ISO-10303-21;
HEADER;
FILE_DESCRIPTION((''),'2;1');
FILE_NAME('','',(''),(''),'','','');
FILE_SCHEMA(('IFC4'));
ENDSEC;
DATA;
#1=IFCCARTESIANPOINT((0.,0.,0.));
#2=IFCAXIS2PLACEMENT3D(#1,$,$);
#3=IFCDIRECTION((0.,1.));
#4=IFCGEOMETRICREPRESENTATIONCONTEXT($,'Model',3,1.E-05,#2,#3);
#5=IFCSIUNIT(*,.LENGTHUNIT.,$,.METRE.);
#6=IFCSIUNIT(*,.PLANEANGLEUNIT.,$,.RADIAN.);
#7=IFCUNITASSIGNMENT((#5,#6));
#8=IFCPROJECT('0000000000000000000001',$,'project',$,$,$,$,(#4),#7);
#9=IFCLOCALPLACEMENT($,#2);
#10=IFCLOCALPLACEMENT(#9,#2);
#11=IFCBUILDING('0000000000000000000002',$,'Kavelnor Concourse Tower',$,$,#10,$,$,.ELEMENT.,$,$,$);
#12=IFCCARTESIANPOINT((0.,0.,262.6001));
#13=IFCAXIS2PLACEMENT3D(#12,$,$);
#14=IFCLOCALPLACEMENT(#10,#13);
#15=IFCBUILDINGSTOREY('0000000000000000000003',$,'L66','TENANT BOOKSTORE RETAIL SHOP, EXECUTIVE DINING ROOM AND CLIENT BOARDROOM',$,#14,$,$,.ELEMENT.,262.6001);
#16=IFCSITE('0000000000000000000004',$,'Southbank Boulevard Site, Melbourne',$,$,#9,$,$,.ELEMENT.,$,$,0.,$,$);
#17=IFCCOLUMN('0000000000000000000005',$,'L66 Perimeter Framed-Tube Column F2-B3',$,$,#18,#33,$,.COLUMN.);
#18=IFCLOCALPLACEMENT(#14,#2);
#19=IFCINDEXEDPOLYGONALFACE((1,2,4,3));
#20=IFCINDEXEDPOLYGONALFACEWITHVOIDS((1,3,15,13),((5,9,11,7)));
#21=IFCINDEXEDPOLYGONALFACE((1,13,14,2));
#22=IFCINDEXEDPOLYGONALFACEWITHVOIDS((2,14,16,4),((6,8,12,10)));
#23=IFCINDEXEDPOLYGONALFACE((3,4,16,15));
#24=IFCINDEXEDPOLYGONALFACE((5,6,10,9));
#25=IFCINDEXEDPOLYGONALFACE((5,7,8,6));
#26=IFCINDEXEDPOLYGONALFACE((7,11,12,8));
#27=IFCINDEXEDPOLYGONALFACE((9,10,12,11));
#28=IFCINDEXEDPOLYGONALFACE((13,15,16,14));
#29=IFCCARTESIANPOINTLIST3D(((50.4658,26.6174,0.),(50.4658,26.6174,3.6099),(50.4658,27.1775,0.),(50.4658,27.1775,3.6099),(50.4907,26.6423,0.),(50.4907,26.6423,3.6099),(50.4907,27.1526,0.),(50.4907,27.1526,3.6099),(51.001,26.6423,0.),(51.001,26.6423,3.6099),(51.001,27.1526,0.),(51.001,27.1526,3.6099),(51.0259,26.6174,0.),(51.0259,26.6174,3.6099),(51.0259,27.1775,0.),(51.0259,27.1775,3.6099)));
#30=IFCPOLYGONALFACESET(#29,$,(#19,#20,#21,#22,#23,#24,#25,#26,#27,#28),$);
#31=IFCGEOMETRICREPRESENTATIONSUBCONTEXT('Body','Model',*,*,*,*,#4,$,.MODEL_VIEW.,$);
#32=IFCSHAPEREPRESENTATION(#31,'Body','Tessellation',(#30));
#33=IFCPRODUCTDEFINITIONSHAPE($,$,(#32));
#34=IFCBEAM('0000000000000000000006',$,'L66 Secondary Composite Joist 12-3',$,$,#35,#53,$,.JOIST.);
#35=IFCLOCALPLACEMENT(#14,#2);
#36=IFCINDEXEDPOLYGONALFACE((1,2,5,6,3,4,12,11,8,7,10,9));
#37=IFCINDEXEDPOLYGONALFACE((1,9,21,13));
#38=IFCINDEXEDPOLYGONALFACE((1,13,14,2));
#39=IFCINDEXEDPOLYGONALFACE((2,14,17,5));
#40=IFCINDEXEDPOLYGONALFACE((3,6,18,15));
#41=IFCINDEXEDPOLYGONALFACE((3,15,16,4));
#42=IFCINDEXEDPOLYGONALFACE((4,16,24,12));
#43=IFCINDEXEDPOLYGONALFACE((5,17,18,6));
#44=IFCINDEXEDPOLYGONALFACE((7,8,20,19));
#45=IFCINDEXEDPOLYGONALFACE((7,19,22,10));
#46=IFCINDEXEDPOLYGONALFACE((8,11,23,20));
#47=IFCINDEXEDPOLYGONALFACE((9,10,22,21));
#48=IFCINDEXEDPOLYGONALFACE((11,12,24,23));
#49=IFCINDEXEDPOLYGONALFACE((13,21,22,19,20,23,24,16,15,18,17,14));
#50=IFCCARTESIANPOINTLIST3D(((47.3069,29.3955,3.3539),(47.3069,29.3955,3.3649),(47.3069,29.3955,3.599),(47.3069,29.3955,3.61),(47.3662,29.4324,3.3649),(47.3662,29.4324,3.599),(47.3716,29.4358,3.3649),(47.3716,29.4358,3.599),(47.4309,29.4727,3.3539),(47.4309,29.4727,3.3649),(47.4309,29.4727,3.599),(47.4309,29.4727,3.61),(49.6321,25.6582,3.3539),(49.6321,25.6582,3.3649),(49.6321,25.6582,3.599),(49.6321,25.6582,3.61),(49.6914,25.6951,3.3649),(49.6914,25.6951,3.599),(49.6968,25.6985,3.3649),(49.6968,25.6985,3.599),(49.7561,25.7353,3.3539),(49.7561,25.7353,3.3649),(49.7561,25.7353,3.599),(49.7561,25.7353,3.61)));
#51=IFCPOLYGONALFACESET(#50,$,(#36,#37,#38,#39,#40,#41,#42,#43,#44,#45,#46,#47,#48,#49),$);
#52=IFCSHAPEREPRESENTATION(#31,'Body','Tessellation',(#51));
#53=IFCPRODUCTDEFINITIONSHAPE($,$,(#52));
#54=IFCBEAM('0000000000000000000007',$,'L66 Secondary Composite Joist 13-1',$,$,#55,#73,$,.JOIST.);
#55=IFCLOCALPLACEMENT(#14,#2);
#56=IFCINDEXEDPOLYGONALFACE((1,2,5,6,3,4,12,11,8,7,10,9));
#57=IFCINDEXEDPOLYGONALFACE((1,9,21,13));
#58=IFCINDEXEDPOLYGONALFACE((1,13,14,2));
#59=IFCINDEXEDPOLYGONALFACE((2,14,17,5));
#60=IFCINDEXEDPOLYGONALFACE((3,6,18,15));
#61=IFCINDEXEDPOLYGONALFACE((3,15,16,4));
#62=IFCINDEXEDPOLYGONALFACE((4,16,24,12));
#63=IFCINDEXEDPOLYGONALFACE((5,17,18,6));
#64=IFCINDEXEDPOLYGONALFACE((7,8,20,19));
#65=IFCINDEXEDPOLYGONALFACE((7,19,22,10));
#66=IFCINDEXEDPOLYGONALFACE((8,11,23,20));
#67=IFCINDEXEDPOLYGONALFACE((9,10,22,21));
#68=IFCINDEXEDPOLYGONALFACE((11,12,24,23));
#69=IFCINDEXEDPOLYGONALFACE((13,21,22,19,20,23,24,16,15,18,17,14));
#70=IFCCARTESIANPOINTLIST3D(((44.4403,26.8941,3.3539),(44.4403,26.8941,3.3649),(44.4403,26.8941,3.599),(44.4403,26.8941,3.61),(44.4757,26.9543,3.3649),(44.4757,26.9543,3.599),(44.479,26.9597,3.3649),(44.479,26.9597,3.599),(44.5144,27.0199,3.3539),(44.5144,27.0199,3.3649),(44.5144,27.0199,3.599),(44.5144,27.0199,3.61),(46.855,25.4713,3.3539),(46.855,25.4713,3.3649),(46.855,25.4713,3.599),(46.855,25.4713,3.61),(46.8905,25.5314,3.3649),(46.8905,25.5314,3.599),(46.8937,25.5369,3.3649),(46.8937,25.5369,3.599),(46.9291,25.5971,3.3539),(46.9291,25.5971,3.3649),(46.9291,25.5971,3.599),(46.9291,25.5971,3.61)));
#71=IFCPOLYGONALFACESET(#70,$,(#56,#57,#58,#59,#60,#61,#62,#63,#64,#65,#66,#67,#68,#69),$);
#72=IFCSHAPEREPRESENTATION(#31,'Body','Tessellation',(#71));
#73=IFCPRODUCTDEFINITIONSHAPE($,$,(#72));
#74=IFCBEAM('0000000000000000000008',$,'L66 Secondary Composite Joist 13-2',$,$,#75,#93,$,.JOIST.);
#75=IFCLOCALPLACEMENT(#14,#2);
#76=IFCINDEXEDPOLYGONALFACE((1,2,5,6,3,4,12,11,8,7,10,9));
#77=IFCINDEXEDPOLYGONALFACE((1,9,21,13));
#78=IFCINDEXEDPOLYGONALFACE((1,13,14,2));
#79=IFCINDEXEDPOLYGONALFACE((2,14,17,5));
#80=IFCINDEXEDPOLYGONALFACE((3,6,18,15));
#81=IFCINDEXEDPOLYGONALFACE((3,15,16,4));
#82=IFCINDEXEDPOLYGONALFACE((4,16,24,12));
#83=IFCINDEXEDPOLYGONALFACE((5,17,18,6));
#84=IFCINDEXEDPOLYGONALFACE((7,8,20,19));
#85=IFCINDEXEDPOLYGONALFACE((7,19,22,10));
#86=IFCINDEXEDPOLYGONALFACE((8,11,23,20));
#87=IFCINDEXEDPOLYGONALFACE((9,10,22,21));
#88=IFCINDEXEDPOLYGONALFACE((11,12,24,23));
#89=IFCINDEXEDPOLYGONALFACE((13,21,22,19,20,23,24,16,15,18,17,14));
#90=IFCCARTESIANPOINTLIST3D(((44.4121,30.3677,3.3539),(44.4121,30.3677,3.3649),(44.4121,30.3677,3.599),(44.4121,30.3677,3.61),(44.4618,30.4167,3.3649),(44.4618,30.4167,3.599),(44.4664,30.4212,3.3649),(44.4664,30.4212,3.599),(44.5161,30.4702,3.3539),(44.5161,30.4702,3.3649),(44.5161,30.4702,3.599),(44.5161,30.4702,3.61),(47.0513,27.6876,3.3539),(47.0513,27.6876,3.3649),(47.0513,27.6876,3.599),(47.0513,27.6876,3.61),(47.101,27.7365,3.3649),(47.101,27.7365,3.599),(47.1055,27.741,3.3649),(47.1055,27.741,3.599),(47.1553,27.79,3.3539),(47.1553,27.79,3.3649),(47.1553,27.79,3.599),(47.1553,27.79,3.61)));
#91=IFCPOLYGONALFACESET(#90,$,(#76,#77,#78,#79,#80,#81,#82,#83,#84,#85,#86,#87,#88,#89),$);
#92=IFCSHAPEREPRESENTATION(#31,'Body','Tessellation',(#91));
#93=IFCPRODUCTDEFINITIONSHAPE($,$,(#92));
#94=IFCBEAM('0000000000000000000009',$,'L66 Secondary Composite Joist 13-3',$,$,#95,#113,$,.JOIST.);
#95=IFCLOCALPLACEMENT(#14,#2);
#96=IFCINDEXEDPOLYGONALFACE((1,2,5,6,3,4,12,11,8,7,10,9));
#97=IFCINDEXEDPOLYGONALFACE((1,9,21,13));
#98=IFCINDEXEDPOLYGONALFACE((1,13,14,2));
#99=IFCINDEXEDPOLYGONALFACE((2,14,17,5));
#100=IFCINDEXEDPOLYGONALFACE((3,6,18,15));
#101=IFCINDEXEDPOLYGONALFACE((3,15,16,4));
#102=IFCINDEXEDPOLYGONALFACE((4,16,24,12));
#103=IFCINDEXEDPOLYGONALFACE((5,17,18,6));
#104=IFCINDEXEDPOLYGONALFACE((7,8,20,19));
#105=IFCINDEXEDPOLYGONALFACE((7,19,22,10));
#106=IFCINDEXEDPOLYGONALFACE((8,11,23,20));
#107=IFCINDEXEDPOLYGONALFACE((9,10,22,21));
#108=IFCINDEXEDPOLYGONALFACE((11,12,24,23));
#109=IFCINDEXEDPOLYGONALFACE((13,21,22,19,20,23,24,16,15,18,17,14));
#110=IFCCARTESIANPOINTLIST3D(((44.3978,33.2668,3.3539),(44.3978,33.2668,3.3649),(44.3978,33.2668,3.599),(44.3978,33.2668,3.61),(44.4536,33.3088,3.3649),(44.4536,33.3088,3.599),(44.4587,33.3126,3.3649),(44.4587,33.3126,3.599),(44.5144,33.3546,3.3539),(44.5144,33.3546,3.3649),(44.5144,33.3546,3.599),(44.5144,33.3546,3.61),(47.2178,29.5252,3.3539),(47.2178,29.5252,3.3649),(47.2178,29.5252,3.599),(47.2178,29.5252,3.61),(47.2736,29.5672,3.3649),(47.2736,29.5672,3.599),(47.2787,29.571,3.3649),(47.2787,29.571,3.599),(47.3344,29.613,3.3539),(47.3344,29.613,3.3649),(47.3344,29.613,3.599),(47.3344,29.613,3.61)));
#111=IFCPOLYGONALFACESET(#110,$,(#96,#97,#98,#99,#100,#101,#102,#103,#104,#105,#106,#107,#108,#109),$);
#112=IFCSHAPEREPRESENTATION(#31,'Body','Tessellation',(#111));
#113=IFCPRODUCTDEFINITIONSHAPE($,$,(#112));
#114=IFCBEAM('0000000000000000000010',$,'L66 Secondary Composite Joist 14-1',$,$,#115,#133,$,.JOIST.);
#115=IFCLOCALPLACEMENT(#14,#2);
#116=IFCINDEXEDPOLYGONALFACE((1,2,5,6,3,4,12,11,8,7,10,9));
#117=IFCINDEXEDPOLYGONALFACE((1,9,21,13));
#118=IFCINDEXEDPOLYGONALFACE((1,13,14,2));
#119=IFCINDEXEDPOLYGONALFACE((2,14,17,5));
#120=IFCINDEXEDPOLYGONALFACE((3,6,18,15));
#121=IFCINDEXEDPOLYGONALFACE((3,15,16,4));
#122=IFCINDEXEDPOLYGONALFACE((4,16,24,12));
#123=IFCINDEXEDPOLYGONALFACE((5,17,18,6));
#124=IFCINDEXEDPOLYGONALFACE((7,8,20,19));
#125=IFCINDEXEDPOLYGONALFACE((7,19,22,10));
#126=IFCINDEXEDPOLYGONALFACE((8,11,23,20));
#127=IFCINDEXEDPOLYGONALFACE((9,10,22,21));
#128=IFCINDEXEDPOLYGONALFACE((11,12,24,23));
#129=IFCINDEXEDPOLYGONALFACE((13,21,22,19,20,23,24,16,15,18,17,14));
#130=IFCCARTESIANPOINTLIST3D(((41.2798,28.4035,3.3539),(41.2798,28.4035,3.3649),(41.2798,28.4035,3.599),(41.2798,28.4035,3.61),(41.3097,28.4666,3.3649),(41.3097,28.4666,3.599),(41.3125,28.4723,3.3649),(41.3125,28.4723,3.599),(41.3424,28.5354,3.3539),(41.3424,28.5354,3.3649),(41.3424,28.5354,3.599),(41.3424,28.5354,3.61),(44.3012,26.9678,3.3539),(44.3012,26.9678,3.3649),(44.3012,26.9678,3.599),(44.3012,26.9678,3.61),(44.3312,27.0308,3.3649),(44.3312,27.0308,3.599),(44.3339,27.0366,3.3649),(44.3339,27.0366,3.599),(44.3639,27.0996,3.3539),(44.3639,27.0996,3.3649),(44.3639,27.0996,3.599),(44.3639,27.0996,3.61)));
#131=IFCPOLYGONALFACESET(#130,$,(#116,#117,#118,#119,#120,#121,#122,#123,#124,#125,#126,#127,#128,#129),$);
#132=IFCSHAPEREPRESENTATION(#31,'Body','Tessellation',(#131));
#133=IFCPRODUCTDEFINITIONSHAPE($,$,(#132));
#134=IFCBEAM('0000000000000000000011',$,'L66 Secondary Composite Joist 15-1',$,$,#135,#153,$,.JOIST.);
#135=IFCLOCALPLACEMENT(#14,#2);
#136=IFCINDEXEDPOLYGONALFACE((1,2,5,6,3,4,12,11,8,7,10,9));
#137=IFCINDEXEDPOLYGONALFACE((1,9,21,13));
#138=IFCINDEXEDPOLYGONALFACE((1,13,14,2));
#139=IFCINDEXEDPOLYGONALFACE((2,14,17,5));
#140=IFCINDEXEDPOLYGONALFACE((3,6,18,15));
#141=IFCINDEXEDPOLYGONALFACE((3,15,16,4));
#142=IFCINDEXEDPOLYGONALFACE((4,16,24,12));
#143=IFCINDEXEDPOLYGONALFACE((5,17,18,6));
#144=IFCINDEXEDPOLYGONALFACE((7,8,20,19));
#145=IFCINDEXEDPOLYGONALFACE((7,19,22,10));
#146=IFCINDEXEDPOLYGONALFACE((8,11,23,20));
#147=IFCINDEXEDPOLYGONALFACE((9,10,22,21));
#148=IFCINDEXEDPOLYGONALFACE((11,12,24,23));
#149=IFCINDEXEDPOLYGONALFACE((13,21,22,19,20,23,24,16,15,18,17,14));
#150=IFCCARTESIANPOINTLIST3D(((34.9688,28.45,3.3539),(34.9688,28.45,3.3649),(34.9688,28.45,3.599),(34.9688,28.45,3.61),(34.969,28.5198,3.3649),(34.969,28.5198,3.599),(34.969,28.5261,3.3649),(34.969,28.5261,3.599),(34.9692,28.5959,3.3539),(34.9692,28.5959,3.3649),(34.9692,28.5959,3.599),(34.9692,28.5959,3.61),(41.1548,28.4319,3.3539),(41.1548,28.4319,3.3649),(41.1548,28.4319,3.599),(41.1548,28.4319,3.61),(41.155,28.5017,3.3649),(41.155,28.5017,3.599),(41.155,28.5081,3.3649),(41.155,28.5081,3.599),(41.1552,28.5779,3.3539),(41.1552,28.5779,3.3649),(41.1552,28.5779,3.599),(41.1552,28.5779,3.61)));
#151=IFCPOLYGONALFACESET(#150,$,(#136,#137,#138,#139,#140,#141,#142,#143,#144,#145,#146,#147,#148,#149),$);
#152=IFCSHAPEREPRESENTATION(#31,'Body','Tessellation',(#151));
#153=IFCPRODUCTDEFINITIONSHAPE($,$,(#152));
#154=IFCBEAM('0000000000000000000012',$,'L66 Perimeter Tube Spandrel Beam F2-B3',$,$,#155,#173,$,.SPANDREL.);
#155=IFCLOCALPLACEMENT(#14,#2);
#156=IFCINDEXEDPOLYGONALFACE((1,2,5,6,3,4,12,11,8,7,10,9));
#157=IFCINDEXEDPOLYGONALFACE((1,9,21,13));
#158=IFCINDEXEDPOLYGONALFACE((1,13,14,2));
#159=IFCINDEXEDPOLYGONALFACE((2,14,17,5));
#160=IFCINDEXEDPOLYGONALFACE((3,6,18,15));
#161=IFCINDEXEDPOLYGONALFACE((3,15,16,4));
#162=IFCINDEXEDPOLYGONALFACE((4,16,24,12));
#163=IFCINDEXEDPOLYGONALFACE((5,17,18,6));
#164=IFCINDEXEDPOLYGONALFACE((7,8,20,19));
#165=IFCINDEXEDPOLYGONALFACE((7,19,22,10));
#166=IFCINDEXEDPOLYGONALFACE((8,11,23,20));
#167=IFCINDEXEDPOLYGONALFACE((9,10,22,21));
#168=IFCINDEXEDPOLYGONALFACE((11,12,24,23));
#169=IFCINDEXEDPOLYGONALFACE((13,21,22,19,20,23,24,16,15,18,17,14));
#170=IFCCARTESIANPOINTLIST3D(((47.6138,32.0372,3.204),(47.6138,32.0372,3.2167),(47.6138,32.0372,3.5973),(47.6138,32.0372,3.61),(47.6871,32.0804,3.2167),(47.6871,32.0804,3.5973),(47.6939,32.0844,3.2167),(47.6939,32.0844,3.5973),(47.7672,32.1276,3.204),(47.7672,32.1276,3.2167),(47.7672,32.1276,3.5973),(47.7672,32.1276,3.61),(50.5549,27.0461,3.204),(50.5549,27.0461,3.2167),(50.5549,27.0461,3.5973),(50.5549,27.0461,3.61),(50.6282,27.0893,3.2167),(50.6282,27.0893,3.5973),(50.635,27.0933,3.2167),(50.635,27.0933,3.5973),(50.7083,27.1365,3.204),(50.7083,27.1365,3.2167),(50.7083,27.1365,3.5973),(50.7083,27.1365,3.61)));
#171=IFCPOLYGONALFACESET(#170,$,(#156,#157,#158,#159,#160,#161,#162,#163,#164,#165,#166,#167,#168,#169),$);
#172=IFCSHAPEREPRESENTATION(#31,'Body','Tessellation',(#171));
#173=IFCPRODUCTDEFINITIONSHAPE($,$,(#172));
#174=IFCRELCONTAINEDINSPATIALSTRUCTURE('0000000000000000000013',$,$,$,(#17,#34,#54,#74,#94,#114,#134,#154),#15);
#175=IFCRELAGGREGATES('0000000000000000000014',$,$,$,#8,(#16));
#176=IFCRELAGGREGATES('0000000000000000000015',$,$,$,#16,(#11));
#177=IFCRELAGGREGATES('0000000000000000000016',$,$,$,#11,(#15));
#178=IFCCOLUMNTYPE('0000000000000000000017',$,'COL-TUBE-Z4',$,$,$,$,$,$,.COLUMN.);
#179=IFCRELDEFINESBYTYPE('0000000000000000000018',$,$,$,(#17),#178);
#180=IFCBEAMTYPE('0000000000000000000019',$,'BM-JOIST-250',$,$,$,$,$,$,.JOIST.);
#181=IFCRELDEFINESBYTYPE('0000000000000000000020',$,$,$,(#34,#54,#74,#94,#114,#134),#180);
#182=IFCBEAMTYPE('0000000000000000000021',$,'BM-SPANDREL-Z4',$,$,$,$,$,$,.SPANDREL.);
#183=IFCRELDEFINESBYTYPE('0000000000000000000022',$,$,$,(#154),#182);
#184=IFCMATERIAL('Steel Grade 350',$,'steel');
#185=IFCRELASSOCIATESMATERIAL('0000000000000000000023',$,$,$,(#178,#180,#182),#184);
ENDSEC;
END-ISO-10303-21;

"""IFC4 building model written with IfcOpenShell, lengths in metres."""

from ifc_helpers import new_model, si_unit, direction, frame, origin, origin_2d, place, context, subcontext, project, spatial, hollow_rectangle, i_section, extrude, material, material_profile, profile_set, type_object, element, save


model = new_model("IFC4")

# Units and contexts
model_context = context("Model", 3, precision=1e-05, world=origin(), true_north=direction((0.0, 1.0)))
body_context = subcontext(model_context, "Body", "Model", "MODEL_VIEW")
ifc_project = project(units=[si_unit("LENGTHUNIT", "METRE"), si_unit("PLANEANGLEUNIT", "RADIAN")], contexts=[model_context])

# Site, building, storey
site_placement = place(None, origin())
site = spatial("IfcSite", under=ifc_project, at=site_placement, Name="Southbank Boulevard Site, Melbourne", CompositionType="ELEMENT", RefElevation=0.0)
building_placement = place(site_placement, origin())
building = spatial("IfcBuilding", under=site, at=building_placement, Name="Kavelnor Concourse Tower", CompositionType="ELEMENT")
storey_placement = place(building_placement, frame((0.0, 0.0, 262.6001)))
storey = spatial("IfcBuildingStorey", under=building, at=storey_placement, Name="L66", Description="TENANT BOOKSTORE RETAIL SHOP, EXECUTIVE DINING ROOM AND CLIENT BOARDROOM", CompositionType="ELEMENT", Elevation=262.6001)

# Column
ifc_material_1 = material(Name="Steel Grade 350", Category="steel")
ifc_material_profile_1 = material_profile(ifc_material_1, hollow_rectangle(XDim=0.5601, YDim=0.5601, WallThickness=0.0249, at=origin_2d()), Name="SHS 560x560x25")
ifc_profile_set_1 = profile_set([ifc_material_profile_1], Name="Steel Grade 350")
column_type = type_object("IfcColumnType", Name="COL-TUBE-Z4", PredefinedType="COLUMN", material=ifc_profile_set_1)
column_placement = place(storey_placement, frame((50.7458, 26.8975, 0.0), z_axis=(0.0, 0.0, 1.0), x_axis=(1.0, 0.0, 0.0)))
element("IfcColumn", 1, at=column_placement, inside=storey, type_object=column_type, Name="L66 Perimeter Framed-Tube Column F2-B3", PredefinedType="COLUMN", context=body_context, shape_type="SweptSolid", body=[
    extrude(hollow_rectangle(XDim=0.5601, YDim=0.5601, WallThickness=0.0249, at=origin_2d()), origin(), (0.0, 0.0, 1.0), 3.6099),
])

# Beams
ifc_material_profile_2 = material_profile(ifc_material_1, i_section(OverallWidth=0.146, OverallDepth=0.2561, WebThickness=0.0063, FlangeThickness=0.011, at=origin_2d()), Name="250UB37")
ifc_profile_set_2 = profile_set([ifc_material_profile_2], Name="Steel Grade 350")
beam_type_1 = type_object("IfcBeamType", Name="BM-JOIST-250", PredefinedType="JOIST", material=ifc_profile_set_2)
beam_1_placement = place(storey_placement, frame((49.6941, 25.6968, 3.4819), z_axis=(-0.528263, 0.849081, 0.0), x_axis=(-0.849081, -0.528263, 0.0)))
element("IfcBeam", 2, at=beam_1_placement, inside=storey, type_object=beam_type_1, Name="L66 Secondary Composite Joist 12-3", PredefinedType="JOIST", context=body_context, shape_type="SweptSolid", body=[
    extrude(i_section(OverallWidth=0.146, OverallDepth=0.2561, WebThickness=0.0063, FlangeThickness=0.011, at=origin_2d()), origin(), (0.0, 0.0, 1.0), 4.4016),
])
beam_2_placement = place(storey_placement, frame((46.8921, 25.5342, 3.4819), z_axis=(-0.861562, 0.507652, 0.0), x_axis=(-0.507652, -0.861562, 0.0)))
element("IfcBeam", 3, at=beam_2_placement, inside=storey, type_object=beam_type_1, Name="L66 Secondary Composite Joist 13-1", PredefinedType="JOIST", context=body_context, shape_type="SweptSolid", body=[
    extrude(i_section(OverallWidth=0.146, OverallDepth=0.2561, WebThickness=0.0063, FlangeThickness=0.011, at=origin_2d()), origin(), (0.0, 0.0, 1.0), 2.8027),
])
beam_3_placement = place(storey_placement, frame((47.1033, 27.7388, 3.4819), z_axis=(-0.701634, 0.712538, 0.0), x_axis=(-0.712538, -0.701634, 0.0)))
element("IfcBeam", 4, at=beam_3_placement, inside=storey, type_object=beam_type_1, Name="L66 Secondary Composite Joist 13-2", PredefinedType="JOIST", context=body_context, shape_type="SweptSolid", body=[
    extrude(i_section(OverallWidth=0.146, OverallDepth=0.2561, WebThickness=0.0063, FlangeThickness=0.011, at=origin_2d()), origin(), (0.0, 0.0, 1.0), 3.7615),
])
beam_4_placement = place(storey_placement, frame((47.2761, 29.5691, 3.4819), z_axis=(-0.601883, 0.798585, 0.0), x_axis=(-0.798585, -0.601883, 0.0)))
element("IfcBeam", 5, at=beam_4_placement, inside=storey, type_object=beam_type_1, Name="L66 Secondary Composite Joist 13-3", PredefinedType="JOIST", context=body_context, shape_type="SweptSolid", body=[
    extrude(i_section(OverallWidth=0.146, OverallDepth=0.2561, WebThickness=0.0063, FlangeThickness=0.011, at=origin_2d()), origin(), (0.0, 0.0, 1.0), 4.6853),
])
beam_5_placement = place(storey_placement, frame((44.3325, 27.0337, 3.4819), z_axis=(-0.90321, 0.4292, 0.0), x_axis=(-0.4292, -0.90321, 0.0)))
element("IfcBeam", 6, at=beam_5_placement, inside=storey, type_object=beam_type_1, Name="L66 Secondary Composite Joist 14-1", PredefinedType="JOIST", context=body_context, shape_type="SweptSolid", body=[
    extrude(i_section(OverallWidth=0.146, OverallDepth=0.2561, WebThickness=0.0063, FlangeThickness=0.011, at=origin_2d()), origin(), (0.0, 0.0, 1.0), 3.3452),
])
beam_6_placement = place(storey_placement, frame((41.155, 28.5049, 3.4819), z_axis=(-0.999996, 0.002921, 0.0), x_axis=(-0.002921, -0.999996, 0.0)))
element("IfcBeam", 7, at=beam_6_placement, inside=storey, type_object=beam_type_1, Name="L66 Secondary Composite Joist 15-1", PredefinedType="JOIST", context=body_context, shape_type="SweptSolid", body=[
    extrude(i_section(OverallWidth=0.146, OverallDepth=0.2561, WebThickness=0.0063, FlangeThickness=0.011, at=origin_2d()), origin(), (0.0, 0.0, 1.0), 6.186),
])
ifc_material_profile_3 = material_profile(ifc_material_1, i_section(OverallWidth=0.178, OverallDepth=0.406, WebThickness=0.0078, FlangeThickness=0.0127, at=origin_2d()), Name="410UB59")
ifc_profile_set_3 = profile_set([ifc_material_profile_3], Name="Steel Grade 350")
beam_type_2 = type_object("IfcBeamType", Name="BM-SPANDREL-Z4", PredefinedType="SPANDREL", material=ifc_profile_set_3)
beam_7_placement = place(storey_placement, frame((50.6316, 27.0913, 3.407), z_axis=(-0.507681, 0.861545, 0.0), x_axis=(-0.861545, -0.507681, 0.0)))
element("IfcBeam", 8, at=beam_7_placement, inside=storey, type_object=beam_type_2, Name="L66 Perimeter Tube Spandrel Beam F2-B3", PredefinedType="SPANDREL", context=body_context, shape_type="SweptSolid", body=[
    extrude(i_section(OverallWidth=0.178, OverallDepth=0.406, WebThickness=0.0078, FlangeThickness=0.0127, at=origin_2d()), origin(), (0.0, 0.0, 1.0), 5.7932),
])

save(model, "model.ifc")
